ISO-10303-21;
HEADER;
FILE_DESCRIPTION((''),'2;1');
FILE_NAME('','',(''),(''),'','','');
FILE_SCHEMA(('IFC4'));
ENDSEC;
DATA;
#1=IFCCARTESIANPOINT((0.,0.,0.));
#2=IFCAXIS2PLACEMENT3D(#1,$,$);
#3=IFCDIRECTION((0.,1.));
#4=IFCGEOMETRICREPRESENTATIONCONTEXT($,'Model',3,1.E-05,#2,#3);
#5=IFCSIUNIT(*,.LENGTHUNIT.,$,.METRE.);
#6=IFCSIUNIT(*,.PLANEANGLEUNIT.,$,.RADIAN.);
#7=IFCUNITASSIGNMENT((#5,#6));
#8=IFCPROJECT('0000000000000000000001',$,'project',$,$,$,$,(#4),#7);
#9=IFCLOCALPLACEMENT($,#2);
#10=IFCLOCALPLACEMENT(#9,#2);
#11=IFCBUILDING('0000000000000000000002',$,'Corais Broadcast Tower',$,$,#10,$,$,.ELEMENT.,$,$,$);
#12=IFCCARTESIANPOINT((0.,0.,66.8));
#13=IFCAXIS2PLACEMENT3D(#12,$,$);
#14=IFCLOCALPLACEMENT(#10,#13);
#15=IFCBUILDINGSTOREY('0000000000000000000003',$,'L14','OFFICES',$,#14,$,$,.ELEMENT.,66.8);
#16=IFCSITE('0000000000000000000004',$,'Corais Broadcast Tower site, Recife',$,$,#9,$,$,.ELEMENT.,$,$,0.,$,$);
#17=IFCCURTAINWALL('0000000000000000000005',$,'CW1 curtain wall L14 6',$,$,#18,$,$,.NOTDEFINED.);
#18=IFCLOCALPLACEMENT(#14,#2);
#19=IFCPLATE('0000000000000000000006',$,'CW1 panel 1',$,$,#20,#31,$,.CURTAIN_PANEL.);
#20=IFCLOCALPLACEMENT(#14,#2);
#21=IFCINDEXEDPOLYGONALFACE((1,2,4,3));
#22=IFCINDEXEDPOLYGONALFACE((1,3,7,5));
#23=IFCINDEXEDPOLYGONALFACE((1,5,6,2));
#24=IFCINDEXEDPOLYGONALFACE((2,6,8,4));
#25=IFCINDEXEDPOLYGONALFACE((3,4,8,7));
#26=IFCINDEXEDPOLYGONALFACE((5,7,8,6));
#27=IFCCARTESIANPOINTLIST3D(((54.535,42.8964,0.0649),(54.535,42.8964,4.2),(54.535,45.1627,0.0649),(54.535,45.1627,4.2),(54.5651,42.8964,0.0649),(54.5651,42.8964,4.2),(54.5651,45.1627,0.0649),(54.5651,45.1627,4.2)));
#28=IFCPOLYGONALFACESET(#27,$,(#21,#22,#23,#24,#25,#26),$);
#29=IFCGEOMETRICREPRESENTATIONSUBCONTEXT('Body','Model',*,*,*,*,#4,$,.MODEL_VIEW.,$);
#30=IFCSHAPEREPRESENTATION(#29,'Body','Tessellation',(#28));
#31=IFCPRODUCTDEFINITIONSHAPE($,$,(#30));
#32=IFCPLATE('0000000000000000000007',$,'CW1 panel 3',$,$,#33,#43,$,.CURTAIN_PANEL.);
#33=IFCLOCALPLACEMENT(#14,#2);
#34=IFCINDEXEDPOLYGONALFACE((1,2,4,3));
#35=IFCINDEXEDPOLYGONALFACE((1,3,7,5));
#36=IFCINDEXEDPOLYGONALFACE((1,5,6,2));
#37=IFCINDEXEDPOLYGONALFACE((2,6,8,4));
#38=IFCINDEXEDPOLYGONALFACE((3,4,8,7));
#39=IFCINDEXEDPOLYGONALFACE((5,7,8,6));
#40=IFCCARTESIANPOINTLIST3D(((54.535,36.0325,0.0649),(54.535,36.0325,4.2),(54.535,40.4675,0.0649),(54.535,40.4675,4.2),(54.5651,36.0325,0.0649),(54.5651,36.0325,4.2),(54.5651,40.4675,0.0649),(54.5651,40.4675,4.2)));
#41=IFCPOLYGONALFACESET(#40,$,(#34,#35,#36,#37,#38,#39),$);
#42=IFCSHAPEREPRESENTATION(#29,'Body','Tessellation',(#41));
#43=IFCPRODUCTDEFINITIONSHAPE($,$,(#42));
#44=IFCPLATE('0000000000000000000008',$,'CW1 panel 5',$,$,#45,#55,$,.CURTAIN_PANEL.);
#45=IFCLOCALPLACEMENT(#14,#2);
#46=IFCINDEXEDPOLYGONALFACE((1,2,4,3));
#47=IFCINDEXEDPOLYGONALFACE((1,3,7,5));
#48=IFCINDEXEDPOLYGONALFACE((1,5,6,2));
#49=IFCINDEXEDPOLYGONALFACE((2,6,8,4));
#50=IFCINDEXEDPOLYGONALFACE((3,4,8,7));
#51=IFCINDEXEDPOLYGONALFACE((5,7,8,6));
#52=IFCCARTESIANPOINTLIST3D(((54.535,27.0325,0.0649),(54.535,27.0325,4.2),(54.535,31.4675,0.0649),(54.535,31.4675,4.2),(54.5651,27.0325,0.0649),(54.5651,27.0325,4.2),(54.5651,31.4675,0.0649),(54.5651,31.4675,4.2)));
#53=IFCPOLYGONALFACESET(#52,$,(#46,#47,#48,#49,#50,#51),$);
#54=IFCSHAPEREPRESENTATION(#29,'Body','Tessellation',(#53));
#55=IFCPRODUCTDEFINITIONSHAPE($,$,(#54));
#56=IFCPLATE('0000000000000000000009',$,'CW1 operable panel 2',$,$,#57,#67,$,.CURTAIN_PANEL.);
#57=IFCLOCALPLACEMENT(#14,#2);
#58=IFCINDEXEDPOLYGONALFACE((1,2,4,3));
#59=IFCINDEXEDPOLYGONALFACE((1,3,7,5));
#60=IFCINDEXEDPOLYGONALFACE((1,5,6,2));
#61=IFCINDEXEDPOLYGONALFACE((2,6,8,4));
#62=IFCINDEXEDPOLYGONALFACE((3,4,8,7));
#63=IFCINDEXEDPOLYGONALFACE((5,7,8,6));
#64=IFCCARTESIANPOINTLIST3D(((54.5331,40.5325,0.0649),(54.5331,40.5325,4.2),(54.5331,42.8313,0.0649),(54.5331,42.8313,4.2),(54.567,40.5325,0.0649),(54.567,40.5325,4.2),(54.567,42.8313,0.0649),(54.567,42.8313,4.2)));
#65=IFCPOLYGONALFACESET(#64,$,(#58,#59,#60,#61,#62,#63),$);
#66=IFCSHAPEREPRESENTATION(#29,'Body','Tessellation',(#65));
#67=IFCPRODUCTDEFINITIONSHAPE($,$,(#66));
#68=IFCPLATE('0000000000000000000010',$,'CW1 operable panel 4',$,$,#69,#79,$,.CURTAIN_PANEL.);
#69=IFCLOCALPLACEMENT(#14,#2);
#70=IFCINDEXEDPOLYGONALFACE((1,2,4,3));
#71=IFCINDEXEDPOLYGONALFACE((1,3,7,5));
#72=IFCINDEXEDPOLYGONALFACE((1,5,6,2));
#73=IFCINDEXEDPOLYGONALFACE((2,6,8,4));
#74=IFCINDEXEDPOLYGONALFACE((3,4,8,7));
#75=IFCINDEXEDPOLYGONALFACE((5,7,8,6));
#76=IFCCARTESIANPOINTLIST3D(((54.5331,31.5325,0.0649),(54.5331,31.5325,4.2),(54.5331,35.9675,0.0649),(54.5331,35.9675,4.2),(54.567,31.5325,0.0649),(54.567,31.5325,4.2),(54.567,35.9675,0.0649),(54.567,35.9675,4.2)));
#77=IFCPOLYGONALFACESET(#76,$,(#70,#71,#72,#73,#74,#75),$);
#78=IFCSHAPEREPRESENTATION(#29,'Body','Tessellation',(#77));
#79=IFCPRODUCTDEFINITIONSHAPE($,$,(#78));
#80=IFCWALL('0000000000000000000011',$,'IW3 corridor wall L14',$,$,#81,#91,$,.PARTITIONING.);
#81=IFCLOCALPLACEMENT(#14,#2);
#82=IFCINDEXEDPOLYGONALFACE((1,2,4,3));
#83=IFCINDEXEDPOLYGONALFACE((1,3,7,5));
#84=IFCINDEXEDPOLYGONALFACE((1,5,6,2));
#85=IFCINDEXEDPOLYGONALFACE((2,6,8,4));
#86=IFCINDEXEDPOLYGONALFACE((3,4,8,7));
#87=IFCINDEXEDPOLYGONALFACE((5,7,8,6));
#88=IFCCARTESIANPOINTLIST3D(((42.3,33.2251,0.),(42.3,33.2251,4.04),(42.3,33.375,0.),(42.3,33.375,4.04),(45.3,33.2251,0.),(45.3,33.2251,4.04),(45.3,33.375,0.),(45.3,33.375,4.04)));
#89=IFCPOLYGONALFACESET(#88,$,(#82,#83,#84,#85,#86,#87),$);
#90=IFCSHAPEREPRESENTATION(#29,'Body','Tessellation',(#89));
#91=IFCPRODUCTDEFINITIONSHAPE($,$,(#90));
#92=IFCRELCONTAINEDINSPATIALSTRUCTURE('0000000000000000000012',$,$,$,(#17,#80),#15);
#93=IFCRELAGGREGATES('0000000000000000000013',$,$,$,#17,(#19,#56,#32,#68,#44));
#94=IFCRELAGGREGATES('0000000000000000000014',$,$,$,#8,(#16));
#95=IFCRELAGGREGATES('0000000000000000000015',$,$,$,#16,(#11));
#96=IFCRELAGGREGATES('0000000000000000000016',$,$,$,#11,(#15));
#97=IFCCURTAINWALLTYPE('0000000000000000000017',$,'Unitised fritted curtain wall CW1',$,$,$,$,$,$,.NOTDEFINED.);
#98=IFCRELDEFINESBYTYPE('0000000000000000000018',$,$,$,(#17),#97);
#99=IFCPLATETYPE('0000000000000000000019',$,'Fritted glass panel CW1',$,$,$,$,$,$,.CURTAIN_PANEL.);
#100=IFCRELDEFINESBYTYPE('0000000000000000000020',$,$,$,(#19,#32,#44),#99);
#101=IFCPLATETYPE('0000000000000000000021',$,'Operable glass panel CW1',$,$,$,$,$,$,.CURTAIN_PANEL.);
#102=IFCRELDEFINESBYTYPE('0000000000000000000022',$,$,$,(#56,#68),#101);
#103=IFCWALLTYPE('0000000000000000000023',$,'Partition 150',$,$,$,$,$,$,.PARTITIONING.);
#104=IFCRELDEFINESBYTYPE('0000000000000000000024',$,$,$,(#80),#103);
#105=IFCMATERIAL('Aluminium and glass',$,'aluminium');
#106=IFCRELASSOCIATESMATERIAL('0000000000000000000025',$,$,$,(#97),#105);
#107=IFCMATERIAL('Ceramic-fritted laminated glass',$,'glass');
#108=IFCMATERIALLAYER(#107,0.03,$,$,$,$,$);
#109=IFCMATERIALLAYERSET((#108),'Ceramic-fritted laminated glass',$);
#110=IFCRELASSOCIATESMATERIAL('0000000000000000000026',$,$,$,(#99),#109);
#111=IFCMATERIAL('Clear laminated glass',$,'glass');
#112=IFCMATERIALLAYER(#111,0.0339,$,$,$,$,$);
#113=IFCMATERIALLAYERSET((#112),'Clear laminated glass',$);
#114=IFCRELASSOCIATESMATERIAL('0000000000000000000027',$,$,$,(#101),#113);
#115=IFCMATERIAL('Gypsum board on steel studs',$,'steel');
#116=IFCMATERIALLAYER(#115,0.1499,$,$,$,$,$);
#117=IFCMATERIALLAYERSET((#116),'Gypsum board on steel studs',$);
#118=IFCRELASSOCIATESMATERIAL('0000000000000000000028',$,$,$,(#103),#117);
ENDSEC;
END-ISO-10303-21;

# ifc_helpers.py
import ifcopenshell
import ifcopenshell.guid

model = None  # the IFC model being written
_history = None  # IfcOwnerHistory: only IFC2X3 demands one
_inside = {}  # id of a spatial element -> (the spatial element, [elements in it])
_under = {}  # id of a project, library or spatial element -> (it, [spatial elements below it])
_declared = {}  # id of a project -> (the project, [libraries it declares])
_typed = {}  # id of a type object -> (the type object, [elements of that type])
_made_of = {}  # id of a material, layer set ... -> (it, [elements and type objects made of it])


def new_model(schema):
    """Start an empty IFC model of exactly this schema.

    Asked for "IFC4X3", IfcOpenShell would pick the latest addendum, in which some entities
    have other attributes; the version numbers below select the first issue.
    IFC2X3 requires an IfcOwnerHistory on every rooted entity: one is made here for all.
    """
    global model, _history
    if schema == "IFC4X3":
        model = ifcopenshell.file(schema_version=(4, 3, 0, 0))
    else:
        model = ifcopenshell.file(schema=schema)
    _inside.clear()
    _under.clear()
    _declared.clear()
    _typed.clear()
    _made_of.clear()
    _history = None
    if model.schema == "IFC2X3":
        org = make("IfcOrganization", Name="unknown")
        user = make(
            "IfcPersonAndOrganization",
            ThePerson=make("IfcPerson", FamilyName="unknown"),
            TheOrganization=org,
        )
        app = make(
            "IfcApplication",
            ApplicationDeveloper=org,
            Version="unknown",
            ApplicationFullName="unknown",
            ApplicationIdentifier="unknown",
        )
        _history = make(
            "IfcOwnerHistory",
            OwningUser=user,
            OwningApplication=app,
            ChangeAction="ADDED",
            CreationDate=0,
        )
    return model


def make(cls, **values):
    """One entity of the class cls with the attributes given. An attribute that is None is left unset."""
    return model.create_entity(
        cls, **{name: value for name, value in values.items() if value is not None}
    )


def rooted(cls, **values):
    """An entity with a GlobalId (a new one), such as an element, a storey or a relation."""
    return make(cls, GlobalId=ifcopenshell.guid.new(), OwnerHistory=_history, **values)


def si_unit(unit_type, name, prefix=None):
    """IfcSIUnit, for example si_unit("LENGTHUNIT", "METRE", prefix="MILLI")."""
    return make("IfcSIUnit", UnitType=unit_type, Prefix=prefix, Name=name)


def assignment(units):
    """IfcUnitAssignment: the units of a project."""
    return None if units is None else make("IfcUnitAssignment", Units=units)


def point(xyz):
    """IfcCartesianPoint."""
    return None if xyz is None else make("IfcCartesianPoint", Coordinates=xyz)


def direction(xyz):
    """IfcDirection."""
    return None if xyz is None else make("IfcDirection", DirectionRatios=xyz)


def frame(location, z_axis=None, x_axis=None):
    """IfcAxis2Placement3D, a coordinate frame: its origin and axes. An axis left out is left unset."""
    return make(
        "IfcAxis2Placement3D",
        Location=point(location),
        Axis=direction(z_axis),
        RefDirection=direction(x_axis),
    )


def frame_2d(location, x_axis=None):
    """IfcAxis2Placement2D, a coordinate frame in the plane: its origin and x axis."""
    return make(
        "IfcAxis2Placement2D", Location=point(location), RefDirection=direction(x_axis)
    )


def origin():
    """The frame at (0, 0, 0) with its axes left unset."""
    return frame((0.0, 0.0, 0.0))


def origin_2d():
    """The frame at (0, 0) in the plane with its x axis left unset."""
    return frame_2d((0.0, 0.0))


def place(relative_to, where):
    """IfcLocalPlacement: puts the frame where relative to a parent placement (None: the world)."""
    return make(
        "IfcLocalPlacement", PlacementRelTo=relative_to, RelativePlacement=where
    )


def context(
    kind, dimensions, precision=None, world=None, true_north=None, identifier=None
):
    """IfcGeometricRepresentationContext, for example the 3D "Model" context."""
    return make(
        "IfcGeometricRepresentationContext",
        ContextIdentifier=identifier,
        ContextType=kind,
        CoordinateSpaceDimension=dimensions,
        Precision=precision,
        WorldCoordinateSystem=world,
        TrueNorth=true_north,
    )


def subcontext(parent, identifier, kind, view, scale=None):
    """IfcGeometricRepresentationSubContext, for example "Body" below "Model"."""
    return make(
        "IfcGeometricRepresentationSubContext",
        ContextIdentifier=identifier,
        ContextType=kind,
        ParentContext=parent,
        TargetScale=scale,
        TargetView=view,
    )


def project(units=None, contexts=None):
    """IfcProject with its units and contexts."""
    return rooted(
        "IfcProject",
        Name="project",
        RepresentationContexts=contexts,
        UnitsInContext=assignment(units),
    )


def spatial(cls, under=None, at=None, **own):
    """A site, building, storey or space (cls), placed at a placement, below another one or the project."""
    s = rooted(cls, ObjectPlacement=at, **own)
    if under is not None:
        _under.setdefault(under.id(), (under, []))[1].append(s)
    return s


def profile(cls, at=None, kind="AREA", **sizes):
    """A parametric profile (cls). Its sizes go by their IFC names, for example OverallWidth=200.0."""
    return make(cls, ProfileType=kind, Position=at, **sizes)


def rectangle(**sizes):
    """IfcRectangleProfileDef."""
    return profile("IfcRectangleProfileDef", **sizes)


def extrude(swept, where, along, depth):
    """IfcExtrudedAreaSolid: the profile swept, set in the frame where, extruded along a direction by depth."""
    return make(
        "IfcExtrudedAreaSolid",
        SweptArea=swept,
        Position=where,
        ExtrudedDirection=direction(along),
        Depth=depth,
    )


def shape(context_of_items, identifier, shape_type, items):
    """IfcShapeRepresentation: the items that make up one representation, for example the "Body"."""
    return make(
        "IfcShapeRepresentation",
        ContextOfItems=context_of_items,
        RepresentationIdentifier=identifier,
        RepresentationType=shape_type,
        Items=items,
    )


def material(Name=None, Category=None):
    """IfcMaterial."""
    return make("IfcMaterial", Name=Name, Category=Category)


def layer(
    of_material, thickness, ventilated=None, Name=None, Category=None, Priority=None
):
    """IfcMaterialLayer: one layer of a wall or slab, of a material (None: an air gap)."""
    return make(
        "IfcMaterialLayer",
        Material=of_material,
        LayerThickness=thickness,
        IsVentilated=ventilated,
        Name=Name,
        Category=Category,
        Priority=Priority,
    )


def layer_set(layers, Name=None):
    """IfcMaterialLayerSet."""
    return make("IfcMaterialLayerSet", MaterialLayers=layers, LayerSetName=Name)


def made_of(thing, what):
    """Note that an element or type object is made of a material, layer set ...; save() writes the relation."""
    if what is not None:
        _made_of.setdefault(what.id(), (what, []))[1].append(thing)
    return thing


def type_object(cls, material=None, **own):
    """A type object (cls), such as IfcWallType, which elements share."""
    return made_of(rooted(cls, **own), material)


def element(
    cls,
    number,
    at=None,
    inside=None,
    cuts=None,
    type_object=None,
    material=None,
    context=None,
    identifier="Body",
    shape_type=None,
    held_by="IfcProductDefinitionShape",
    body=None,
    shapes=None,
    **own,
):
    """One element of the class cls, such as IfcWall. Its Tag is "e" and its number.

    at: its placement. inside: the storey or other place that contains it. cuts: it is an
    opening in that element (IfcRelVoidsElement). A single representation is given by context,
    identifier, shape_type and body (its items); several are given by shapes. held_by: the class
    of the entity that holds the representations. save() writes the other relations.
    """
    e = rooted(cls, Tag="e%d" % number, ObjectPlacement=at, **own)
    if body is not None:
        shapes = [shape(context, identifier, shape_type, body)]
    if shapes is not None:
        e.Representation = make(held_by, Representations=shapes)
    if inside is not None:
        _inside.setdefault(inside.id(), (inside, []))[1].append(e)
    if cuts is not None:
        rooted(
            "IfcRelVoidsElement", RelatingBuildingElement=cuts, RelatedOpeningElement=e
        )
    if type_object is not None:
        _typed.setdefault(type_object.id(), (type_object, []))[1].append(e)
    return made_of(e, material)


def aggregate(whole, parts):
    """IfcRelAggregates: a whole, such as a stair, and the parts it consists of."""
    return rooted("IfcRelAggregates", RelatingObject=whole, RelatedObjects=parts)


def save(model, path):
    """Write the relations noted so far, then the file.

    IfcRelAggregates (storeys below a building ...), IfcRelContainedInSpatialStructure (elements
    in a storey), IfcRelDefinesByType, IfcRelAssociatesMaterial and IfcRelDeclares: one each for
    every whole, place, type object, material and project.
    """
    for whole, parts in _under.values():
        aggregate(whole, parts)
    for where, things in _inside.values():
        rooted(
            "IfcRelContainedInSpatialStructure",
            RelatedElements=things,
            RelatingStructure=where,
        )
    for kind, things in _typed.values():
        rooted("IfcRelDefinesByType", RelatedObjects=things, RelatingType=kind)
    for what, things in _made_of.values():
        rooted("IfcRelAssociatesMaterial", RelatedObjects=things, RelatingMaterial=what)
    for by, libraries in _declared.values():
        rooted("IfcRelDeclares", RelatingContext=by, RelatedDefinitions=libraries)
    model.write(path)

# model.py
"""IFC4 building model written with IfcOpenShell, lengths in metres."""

from ifc_helpers import new_model, si_unit, direction, frame, frame_2d, origin, origin_2d, place, context, subcontext, project, spatial, rectangle, extrude, material, layer, layer_set, type_object, element, aggregate, save


model = new_model("IFC4")

# Units and contexts
model_context = context("Model", 3, precision=1e-05, world=origin(), true_north=direction((0.0, 1.0)))
body_context = subcontext(model_context, "Body", "Model", "MODEL_VIEW")
ifc_project = project(units=[si_unit("LENGTHUNIT", "METRE"), si_unit("PLANEANGLEUNIT", "RADIAN")], contexts=[model_context])

# Site, building, storey
site_placement = place(None, origin())
site = spatial("IfcSite", under=ifc_project, at=site_placement, Name="Corais Broadcast Tower site, Recife", CompositionType="ELEMENT", RefElevation=0.0)
building_placement = place(site_placement, origin())
building = spatial("IfcBuilding", under=site, at=building_placement, Name="Corais Broadcast Tower", CompositionType="ELEMENT")
storey_placement = place(building_placement, frame((0.0, 0.0, 66.8)))
storey = spatial("IfcBuildingStorey", under=building, at=storey_placement, Name="L14", Description="OFFICES", CompositionType="ELEMENT", Elevation=66.8)

# Curtain wall
ifc_material_1 = material(Name="Aluminium and glass", Category="aluminium")
curtain_wall_type = type_object("IfcCurtainWallType", Name="Unitised fritted curtain wall CW1", PredefinedType="NOTDEFINED", material=ifc_material_1)
curtain_wall_placement = place(storey_placement, origin())
curtain_wall = element("IfcCurtainWall", 1, at=curtain_wall_placement, inside=storey, type_object=curtain_wall_type, Name="CW1 curtain wall L14 6", PredefinedType="NOTDEFINED")

# Plates
ifc_material_2 = material(Name="Ceramic-fritted laminated glass", Category="glass")
ifc_layer_1 = layer(ifc_material_2, 0.03)
ifc_layer_set_1 = layer_set([ifc_layer_1], Name="Ceramic-fritted laminated glass")
plate_type_1 = type_object("IfcPlateType", Name="Fritted glass panel CW1", PredefinedType="CURTAIN_PANEL", material=ifc_layer_set_1)
plate_1_placement = place(storey_placement, frame((54.55, 44.0295, 0.0649), z_axis=(0.0, 0.0, 1.0), x_axis=(0.0, -1.0, 0.0)))
plate_1 = element("IfcPlate", 2, at=plate_1_placement, type_object=plate_type_1, Name="CW1 panel 1", PredefinedType="CURTAIN_PANEL", context=body_context, shape_type="SweptSolid", body=[
    extrude(rectangle(XDim=2.2664, YDim=0.03, at=origin_2d()), origin(), (0.0, 0.0, 1.0), 4.135),
])
plate_2_placement = place(storey_placement, frame((54.55, 38.25, 0.0649), z_axis=(0.0, 0.0, 1.0), x_axis=(0.0, -1.0, 0.0)))
plate_2 = element("IfcPlate", 3, at=plate_2_placement, type_object=plate_type_1, Name="CW1 panel 3", PredefinedType="CURTAIN_PANEL", context=body_context, shape_type="SweptSolid", body=[
    extrude(rectangle(XDim=4.4351, YDim=0.03, at=origin_2d()), origin(), (0.0, 0.0, 1.0), 4.135),
])
plate_3_placement = place(storey_placement, frame((54.55, 29.25, 0.0649), z_axis=(0.0, 0.0, 1.0), x_axis=(0.0, -1.0, 0.0)))
plate_3 = element("IfcPlate", 4, at=plate_3_placement, type_object=plate_type_1, Name="CW1 panel 5", PredefinedType="CURTAIN_PANEL", context=body_context, shape_type="SweptSolid", body=[
    extrude(rectangle(XDim=4.4351, YDim=0.03, at=origin_2d()), origin(), (0.0, 0.0, 1.0), 4.135),
])
ifc_material_3 = material(Name="Clear laminated glass", Category="glass")
ifc_layer_2 = layer(ifc_material_3, 0.0339)
ifc_layer_set_2 = layer_set([ifc_layer_2], Name="Clear laminated glass")
plate_type_2 = type_object("IfcPlateType", Name="Operable glass panel CW1", PredefinedType="CURTAIN_PANEL", material=ifc_layer_set_2)
plate_4_placement = place(storey_placement, frame((54.55, 41.6819, 0.0649), z_axis=(0.0, 0.0, 1.0), x_axis=(0.0, -1.0, 0.0)))
plate_4 = element("IfcPlate", 5, at=plate_4_placement, type_object=plate_type_2, Name="CW1 operable panel 2", PredefinedType="CURTAIN_PANEL", context=body_context, shape_type="SweptSolid", body=[
    extrude(rectangle(XDim=2.2988, YDim=0.0339, at=origin_2d()), origin(), (0.0, 0.0, 1.0), 4.135),
])
plate_5_placement = place(storey_placement, frame((54.55, 33.75, 0.0649), z_axis=(0.0, 0.0, 1.0), x_axis=(0.0, -1.0, 0.0)))
plate_5 = element("IfcPlate", 6, at=plate_5_placement, type_object=plate_type_2, Name="CW1 operable panel 4", PredefinedType="CURTAIN_PANEL", context=body_context, shape_type="SweptSolid", body=[
    extrude(rectangle(XDim=4.4351, YDim=0.0339, at=origin_2d()), origin(), (0.0, 0.0, 1.0), 4.135),
])
aggregate(curtain_wall, [plate_1, plate_4, plate_2, plate_5, plate_3])

# Wall
ifc_material_4 = material(Name="Gypsum board on steel studs", Category="steel")
ifc_layer_3 = layer(ifc_material_4, 0.1499)
ifc_layer_set_3 = layer_set([ifc_layer_3], Name="Gypsum board on steel studs")
wall_type = type_object("IfcWallType", Name="Partition 150", PredefinedType="PARTITIONING", material=ifc_layer_set_3)
wall_placement = place(storey_placement, frame((45.3, 33.3, 0.0), z_axis=(0.0, 0.0, 1.0), x_axis=(-1.0, 0.0, 0.0)))
element("IfcWall", 7, at=wall_placement, inside=storey, type_object=wall_type, Name="IW3 corridor wall L14", PredefinedType="PARTITIONING", context=body_context, shape_type="SweptSolid", body=[
    extrude(rectangle(XDim=3.0, YDim=0.1499, at=frame_2d((1.5, 0.0))), origin(), (0.0, 0.0, 1.0), 4.04),
])

save(model, "model.ifc")
